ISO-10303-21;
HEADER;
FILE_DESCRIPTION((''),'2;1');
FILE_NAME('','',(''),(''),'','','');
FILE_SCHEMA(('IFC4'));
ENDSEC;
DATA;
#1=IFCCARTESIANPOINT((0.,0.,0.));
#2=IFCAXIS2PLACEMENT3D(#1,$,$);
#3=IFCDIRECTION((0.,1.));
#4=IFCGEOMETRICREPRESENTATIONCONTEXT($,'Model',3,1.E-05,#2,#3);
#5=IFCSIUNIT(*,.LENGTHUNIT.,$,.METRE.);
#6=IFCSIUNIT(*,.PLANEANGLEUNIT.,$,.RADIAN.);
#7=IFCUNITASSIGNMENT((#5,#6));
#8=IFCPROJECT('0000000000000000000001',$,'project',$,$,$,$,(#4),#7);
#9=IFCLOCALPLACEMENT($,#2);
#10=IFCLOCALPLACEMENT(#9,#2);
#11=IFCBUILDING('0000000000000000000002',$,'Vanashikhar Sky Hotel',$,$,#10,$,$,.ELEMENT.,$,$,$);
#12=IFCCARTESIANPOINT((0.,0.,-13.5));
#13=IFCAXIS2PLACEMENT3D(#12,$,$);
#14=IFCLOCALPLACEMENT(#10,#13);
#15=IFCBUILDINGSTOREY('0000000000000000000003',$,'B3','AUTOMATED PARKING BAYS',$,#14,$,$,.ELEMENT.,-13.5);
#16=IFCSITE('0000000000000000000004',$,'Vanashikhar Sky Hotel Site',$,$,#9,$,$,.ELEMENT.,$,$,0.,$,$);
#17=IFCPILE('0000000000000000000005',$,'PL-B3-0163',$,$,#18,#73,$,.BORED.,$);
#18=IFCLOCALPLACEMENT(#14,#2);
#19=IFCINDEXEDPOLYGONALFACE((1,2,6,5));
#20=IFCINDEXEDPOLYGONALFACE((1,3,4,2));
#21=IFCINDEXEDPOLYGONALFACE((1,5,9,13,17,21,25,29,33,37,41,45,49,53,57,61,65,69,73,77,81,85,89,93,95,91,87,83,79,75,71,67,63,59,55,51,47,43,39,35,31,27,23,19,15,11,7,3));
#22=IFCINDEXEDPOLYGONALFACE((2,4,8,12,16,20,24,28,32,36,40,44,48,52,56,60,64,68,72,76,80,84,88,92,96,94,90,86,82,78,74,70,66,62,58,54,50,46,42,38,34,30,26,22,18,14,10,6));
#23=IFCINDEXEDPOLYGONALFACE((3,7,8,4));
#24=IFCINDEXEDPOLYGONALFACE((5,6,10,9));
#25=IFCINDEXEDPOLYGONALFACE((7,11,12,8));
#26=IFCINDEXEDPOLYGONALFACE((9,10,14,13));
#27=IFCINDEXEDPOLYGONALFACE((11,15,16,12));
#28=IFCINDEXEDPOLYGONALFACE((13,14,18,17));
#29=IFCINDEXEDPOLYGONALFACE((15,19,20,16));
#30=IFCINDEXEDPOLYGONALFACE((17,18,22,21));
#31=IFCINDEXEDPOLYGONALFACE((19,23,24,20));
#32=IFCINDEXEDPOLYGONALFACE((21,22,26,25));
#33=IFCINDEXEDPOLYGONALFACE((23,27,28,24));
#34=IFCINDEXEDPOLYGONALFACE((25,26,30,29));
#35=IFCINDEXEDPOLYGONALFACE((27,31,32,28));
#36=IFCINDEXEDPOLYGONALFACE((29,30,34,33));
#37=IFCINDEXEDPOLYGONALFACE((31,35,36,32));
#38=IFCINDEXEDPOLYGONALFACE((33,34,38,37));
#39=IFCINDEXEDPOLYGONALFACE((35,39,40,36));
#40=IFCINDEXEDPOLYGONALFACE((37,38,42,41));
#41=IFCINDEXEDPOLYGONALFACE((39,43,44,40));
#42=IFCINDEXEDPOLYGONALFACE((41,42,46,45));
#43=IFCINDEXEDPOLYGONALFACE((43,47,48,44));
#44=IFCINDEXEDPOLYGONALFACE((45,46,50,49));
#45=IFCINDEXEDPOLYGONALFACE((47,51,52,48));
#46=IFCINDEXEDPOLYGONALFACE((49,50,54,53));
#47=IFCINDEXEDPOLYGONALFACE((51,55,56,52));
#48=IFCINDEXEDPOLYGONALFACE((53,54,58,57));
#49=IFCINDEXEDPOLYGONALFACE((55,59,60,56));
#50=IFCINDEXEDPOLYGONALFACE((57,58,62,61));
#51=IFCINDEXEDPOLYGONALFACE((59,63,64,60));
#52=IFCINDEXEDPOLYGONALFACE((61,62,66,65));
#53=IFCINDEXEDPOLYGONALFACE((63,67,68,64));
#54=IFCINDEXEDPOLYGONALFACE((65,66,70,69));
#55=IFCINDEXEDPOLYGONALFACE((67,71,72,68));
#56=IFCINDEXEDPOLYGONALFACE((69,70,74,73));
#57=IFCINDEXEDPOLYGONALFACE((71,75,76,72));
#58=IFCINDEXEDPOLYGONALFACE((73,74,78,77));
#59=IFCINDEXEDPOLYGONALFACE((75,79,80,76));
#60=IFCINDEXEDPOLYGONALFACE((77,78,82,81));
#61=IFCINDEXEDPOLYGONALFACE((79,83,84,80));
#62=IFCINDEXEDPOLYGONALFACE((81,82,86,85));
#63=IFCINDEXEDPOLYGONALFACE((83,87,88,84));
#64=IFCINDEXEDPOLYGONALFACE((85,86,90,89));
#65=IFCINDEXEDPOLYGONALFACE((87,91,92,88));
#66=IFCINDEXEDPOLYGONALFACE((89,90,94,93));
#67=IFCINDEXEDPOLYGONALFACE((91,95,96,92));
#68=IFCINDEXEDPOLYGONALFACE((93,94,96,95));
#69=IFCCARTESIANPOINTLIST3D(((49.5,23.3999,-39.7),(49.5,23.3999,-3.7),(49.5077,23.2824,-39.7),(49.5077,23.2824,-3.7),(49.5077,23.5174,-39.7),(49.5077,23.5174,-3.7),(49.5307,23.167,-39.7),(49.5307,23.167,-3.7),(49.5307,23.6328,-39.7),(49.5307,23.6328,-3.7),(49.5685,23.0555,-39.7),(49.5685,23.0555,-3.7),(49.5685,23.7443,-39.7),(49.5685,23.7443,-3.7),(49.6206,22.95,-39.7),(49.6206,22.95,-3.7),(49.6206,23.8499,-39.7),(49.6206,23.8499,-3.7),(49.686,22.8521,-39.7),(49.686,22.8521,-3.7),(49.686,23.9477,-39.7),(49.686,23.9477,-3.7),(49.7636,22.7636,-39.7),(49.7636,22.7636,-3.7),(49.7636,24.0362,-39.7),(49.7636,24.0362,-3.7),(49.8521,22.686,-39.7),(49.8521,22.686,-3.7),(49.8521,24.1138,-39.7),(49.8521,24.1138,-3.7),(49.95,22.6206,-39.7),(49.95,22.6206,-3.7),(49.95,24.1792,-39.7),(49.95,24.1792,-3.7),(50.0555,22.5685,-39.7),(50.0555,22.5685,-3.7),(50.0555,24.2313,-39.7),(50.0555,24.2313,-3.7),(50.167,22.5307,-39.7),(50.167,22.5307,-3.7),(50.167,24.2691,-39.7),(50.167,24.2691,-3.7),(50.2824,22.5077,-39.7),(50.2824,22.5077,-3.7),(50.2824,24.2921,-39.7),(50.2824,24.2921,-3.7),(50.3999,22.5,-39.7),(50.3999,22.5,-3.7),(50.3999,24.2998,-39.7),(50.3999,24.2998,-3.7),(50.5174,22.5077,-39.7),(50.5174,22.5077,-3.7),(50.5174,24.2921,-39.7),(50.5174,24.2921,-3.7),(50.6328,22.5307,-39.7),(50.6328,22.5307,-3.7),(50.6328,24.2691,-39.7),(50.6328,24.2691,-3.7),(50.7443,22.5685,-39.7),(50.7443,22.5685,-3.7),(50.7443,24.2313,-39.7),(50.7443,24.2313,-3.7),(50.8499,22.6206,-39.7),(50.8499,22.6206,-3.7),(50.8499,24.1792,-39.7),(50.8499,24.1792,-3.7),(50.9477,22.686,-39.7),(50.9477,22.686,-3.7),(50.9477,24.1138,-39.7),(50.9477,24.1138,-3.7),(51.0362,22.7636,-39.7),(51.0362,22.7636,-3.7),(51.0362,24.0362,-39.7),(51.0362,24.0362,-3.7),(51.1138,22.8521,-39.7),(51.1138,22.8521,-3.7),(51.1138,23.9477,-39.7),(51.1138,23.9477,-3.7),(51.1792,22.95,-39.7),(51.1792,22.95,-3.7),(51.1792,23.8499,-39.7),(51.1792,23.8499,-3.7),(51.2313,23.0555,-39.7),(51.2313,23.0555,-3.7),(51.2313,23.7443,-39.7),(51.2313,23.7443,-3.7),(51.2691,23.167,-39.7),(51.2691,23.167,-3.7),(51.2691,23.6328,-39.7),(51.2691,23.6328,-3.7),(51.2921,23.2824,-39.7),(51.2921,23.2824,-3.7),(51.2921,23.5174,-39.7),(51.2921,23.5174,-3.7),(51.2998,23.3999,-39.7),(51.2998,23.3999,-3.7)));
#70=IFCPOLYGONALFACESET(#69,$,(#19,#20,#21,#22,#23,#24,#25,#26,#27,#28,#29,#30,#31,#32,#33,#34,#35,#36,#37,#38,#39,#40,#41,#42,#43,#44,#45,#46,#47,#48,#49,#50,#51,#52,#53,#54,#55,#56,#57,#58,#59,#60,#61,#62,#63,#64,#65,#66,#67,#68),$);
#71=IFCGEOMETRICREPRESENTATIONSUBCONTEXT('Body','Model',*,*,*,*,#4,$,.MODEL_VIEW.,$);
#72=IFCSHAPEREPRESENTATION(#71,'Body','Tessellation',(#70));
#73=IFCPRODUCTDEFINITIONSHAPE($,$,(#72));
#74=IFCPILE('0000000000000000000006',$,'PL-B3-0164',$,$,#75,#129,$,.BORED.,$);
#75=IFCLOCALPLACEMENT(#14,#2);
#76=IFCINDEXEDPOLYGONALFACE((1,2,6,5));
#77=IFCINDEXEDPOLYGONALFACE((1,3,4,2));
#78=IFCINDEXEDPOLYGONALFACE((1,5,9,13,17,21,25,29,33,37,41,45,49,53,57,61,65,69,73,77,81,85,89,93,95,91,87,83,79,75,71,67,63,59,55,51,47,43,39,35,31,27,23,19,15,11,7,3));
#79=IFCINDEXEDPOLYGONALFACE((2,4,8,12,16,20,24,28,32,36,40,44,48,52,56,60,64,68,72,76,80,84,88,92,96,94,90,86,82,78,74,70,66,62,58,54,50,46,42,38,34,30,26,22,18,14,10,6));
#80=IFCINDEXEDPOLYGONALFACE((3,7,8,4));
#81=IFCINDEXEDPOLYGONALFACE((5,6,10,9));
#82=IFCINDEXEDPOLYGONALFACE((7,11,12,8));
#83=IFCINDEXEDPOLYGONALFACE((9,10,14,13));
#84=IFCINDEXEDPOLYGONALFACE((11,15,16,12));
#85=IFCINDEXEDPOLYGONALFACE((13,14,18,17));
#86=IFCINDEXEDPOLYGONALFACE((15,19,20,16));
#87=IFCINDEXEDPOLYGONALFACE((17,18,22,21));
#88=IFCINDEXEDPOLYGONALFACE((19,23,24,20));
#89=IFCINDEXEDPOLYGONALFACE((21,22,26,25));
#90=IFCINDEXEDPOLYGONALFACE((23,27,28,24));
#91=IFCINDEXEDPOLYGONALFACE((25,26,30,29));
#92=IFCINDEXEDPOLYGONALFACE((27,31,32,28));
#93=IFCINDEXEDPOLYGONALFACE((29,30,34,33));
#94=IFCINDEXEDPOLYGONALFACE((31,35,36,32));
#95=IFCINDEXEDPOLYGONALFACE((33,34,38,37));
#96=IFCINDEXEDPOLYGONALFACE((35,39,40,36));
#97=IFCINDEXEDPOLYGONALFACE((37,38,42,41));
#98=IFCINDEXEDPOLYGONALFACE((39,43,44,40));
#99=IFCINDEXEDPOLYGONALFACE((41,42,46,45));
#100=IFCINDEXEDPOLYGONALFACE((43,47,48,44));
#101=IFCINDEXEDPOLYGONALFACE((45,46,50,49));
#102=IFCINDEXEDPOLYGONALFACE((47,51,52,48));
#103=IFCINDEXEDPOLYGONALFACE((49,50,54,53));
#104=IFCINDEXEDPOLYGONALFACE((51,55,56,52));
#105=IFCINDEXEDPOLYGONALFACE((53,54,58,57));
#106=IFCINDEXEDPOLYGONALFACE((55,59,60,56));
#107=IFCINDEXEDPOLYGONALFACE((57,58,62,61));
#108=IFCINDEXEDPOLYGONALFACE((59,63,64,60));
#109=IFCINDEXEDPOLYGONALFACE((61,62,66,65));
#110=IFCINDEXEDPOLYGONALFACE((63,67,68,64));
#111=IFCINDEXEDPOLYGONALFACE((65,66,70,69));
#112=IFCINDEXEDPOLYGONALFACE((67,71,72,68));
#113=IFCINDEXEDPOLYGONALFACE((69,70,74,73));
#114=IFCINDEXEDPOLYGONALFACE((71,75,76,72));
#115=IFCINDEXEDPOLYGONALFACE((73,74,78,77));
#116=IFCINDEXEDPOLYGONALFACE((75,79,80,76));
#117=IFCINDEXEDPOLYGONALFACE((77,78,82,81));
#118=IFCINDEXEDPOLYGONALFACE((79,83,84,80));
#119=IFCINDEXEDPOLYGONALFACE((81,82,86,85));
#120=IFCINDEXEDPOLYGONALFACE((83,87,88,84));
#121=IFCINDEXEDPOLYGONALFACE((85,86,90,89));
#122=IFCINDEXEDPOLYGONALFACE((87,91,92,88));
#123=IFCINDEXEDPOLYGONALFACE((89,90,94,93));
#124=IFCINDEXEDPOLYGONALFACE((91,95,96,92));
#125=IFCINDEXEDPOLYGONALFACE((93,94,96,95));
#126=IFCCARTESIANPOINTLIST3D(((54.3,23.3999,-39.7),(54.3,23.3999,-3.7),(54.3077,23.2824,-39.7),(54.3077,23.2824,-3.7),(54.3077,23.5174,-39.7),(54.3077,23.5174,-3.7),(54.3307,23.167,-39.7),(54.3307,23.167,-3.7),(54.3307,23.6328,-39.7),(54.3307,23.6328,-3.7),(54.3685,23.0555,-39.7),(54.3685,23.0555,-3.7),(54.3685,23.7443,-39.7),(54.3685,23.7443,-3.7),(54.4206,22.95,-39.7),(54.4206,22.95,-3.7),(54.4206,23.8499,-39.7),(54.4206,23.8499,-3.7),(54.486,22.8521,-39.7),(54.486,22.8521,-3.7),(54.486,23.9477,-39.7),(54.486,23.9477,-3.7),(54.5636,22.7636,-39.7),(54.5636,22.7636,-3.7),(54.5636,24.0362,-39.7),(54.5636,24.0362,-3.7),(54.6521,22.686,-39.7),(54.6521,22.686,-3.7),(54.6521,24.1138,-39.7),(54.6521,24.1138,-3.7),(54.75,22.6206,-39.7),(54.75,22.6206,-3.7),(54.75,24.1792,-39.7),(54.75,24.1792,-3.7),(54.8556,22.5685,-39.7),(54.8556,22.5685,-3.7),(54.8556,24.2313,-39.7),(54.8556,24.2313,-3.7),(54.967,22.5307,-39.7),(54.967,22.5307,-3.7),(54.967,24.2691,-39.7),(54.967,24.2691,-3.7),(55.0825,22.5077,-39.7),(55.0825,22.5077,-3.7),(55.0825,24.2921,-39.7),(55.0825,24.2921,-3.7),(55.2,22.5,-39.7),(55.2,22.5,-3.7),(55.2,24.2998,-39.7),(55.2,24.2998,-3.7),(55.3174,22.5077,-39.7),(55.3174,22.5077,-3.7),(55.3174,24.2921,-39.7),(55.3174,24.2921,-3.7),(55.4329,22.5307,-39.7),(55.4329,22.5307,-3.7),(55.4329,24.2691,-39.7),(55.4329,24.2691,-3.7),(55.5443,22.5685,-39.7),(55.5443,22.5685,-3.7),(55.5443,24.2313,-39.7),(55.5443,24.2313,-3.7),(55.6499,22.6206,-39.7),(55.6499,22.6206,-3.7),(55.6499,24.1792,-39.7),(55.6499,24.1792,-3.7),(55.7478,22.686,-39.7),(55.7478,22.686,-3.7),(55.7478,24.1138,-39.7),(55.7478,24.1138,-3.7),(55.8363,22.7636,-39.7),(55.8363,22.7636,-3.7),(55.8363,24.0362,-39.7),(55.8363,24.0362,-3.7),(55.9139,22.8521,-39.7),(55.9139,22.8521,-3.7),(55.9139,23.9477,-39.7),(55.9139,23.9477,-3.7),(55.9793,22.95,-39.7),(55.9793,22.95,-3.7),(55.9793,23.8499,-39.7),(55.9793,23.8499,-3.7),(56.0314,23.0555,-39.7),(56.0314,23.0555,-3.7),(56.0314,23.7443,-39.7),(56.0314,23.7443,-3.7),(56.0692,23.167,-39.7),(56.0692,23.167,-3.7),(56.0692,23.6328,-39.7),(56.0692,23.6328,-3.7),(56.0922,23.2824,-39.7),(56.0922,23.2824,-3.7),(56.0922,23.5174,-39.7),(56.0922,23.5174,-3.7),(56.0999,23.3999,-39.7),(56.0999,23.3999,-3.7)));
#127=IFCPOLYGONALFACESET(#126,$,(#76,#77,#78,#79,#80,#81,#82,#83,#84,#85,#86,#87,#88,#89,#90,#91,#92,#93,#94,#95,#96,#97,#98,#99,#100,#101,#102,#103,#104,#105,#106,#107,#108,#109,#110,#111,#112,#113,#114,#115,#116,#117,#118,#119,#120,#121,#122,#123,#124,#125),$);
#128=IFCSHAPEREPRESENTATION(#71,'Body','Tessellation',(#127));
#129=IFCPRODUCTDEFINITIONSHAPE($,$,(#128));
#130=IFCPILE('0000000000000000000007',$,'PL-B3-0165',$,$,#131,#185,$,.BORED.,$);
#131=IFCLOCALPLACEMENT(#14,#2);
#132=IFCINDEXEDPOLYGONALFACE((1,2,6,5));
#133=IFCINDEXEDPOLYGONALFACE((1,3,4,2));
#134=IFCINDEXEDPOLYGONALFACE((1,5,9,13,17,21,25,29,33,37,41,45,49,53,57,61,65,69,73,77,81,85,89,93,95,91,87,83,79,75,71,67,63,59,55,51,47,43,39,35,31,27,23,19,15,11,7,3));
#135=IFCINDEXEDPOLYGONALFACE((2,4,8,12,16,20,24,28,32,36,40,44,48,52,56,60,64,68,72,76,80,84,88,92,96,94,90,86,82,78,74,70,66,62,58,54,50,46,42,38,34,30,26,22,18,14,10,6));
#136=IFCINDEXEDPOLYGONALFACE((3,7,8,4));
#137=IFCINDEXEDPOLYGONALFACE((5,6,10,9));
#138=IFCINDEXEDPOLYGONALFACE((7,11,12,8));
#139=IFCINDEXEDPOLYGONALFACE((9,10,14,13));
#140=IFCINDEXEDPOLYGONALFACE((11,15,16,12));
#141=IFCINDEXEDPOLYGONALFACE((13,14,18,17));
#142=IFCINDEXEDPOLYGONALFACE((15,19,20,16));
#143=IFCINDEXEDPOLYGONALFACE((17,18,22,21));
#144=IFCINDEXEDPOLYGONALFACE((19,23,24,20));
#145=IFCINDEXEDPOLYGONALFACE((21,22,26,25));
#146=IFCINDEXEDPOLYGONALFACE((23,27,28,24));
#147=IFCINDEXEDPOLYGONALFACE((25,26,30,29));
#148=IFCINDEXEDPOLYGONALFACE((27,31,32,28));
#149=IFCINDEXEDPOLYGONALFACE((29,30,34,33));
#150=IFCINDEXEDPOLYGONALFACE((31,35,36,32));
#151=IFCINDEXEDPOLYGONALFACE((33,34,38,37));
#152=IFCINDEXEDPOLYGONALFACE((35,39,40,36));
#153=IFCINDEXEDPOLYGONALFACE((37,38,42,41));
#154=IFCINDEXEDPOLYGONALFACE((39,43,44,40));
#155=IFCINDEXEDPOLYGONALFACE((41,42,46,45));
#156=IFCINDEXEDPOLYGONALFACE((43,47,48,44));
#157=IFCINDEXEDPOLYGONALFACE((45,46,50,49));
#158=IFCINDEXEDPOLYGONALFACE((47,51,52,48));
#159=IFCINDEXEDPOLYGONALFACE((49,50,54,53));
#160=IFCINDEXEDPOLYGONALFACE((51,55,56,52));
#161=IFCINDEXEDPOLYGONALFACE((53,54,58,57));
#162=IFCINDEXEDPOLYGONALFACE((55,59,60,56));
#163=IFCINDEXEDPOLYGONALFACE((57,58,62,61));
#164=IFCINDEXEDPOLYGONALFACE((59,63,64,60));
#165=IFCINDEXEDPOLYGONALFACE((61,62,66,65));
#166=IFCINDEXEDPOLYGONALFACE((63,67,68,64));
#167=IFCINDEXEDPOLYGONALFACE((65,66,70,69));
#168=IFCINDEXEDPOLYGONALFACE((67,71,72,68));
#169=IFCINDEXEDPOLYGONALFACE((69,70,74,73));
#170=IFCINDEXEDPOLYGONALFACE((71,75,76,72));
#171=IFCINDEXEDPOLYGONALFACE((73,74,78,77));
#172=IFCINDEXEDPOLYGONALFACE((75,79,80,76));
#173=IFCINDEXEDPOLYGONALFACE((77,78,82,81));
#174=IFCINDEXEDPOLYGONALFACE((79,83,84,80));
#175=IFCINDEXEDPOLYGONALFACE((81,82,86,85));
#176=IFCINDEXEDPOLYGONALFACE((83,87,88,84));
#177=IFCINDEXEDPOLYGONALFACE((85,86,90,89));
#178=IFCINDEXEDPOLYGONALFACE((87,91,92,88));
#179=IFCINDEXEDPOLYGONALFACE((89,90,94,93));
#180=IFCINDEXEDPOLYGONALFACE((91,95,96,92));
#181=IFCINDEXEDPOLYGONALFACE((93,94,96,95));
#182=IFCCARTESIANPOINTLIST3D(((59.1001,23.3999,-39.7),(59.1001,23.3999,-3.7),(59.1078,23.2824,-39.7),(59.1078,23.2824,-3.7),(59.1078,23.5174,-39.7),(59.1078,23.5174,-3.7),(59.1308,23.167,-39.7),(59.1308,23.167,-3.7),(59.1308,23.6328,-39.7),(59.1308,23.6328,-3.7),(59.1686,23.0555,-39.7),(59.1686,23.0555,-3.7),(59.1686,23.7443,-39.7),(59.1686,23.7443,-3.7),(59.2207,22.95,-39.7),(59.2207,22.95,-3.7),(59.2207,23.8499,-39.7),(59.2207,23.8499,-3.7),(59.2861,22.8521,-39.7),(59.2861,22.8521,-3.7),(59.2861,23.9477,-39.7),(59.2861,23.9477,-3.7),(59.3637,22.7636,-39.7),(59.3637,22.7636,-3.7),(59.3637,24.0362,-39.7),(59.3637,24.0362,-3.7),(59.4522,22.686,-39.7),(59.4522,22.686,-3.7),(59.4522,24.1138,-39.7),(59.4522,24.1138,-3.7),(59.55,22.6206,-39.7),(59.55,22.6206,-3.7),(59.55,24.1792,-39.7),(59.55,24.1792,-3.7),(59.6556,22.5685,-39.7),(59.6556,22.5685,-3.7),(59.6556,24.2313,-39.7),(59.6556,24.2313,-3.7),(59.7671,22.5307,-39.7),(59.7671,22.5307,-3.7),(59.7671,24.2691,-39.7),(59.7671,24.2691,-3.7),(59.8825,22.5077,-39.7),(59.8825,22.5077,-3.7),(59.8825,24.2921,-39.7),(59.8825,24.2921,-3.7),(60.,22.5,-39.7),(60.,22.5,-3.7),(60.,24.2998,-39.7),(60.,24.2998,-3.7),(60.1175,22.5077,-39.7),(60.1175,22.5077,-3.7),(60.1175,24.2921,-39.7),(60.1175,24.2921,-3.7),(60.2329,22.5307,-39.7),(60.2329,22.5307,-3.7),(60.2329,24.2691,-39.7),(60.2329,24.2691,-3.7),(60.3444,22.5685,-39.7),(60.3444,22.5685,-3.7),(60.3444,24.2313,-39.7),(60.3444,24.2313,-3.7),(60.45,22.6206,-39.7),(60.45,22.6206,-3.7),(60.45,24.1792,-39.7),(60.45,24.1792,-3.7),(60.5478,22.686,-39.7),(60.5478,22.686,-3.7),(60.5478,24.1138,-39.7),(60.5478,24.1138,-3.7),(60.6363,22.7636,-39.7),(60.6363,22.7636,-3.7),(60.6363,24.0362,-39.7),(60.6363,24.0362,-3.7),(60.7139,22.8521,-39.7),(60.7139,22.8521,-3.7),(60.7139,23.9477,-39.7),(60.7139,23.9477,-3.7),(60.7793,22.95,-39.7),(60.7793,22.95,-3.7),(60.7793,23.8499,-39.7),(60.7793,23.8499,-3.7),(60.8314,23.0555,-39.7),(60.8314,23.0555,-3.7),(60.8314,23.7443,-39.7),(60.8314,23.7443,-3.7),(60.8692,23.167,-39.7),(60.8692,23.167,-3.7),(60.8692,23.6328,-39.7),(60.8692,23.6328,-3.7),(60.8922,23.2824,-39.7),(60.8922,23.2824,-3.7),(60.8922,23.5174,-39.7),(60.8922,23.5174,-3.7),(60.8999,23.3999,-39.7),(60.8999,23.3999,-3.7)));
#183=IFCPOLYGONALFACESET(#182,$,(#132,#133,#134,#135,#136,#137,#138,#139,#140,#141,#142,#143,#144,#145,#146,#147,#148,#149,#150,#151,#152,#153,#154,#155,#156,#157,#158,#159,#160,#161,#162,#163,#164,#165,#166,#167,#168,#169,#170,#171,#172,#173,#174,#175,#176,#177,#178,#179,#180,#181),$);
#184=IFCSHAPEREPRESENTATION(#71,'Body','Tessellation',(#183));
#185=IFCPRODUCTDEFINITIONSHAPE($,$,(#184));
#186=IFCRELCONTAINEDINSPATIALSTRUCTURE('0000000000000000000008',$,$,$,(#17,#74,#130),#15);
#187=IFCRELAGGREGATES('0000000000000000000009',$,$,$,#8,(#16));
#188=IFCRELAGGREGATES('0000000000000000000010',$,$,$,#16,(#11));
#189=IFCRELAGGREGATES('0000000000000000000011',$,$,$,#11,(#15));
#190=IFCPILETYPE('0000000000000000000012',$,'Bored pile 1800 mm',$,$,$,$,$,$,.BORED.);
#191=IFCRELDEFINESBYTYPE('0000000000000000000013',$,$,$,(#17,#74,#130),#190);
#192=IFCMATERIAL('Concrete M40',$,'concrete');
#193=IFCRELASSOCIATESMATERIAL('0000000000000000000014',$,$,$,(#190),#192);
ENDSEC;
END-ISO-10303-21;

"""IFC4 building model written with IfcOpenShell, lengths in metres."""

from ifc_helpers import new_model, si_unit, direction, frame, origin, origin_2d, place, context, subcontext, project, spatial, circle, extrude, source, transform, mapped, material, type_object, element, save


model = new_model("IFC4")

# Units and contexts
model_context = context("Model", 3, precision=1e-05, world=origin(), true_north=direction((0.0, 1.0)))
body_context = subcontext(model_context, "Body", "Model", "MODEL_VIEW")
ifc_project = project(units=[si_unit("LENGTHUNIT", "METRE"), si_unit("PLANEANGLEUNIT", "RADIAN")], contexts=[model_context])

# Site, building, storey
site_placement = place(None, origin())
site = spatial("IfcSite", under=ifc_project, at=site_placement, Name="Vanashikhar Sky Hotel Site", CompositionType="ELEMENT", RefElevation=0.0)
building_placement = place(site_placement, origin())
building = spatial("IfcBuilding", under=site, at=building_placement, Name="Vanashikhar Sky Hotel", CompositionType="ELEMENT")
storey_placement = place(building_placement, frame((0.0, 0.0, -13.5)))
storey = spatial("IfcBuildingStorey", under=building, at=storey_placement, Name="B3", Description="AUTOMATED PARKING BAYS", CompositionType="ELEMENT", Elevation=-13.5)

# Piles
ifc_material_1 = material(Name="Concrete M40", Category="concrete")
pile_type = type_object("IfcPileType", Name="Bored pile 1800 mm", PredefinedType="BORED", material=ifc_material_1)
shared_shape_1 = source(origin(), body_context, "Body", "SweptSolid", [
    extrude(circle(Radius=0.8999, at=origin_2d()), origin(), (0.0, 0.0, 1.0), 36.0),
])
for number, where, z_axis, x_axis, name in (
    (1, (50.3999, 23.3999, -3.7), (0.0, 0.0, -1.0), (1.0, 0.0, 0.0), "PL-B3-0163"),
    (2, (55.2, 23.3999, -3.7), (0.0, 0.0, -1.0), (1.0, 0.0, 0.0), "PL-B3-0164"),
    (3, (60.0, 23.3999, -3.7), (0.0, 0.0, -1.0), (1.0, 0.0, 0.0), "PL-B3-0165"),
):
    element("IfcPile", number, at=place(storey_placement, frame(where, z_axis=z_axis, x_axis=x_axis)), inside=storey, type_object=pile_type, Name=name, PredefinedType="BORED", context=body_context, shape_type="MappedRepresentation", body=[
        mapped(shared_shape_1, transform((0.0, 0.0, 0.0), scale=1.0)),
    ])

save(model, "model.ifc")
